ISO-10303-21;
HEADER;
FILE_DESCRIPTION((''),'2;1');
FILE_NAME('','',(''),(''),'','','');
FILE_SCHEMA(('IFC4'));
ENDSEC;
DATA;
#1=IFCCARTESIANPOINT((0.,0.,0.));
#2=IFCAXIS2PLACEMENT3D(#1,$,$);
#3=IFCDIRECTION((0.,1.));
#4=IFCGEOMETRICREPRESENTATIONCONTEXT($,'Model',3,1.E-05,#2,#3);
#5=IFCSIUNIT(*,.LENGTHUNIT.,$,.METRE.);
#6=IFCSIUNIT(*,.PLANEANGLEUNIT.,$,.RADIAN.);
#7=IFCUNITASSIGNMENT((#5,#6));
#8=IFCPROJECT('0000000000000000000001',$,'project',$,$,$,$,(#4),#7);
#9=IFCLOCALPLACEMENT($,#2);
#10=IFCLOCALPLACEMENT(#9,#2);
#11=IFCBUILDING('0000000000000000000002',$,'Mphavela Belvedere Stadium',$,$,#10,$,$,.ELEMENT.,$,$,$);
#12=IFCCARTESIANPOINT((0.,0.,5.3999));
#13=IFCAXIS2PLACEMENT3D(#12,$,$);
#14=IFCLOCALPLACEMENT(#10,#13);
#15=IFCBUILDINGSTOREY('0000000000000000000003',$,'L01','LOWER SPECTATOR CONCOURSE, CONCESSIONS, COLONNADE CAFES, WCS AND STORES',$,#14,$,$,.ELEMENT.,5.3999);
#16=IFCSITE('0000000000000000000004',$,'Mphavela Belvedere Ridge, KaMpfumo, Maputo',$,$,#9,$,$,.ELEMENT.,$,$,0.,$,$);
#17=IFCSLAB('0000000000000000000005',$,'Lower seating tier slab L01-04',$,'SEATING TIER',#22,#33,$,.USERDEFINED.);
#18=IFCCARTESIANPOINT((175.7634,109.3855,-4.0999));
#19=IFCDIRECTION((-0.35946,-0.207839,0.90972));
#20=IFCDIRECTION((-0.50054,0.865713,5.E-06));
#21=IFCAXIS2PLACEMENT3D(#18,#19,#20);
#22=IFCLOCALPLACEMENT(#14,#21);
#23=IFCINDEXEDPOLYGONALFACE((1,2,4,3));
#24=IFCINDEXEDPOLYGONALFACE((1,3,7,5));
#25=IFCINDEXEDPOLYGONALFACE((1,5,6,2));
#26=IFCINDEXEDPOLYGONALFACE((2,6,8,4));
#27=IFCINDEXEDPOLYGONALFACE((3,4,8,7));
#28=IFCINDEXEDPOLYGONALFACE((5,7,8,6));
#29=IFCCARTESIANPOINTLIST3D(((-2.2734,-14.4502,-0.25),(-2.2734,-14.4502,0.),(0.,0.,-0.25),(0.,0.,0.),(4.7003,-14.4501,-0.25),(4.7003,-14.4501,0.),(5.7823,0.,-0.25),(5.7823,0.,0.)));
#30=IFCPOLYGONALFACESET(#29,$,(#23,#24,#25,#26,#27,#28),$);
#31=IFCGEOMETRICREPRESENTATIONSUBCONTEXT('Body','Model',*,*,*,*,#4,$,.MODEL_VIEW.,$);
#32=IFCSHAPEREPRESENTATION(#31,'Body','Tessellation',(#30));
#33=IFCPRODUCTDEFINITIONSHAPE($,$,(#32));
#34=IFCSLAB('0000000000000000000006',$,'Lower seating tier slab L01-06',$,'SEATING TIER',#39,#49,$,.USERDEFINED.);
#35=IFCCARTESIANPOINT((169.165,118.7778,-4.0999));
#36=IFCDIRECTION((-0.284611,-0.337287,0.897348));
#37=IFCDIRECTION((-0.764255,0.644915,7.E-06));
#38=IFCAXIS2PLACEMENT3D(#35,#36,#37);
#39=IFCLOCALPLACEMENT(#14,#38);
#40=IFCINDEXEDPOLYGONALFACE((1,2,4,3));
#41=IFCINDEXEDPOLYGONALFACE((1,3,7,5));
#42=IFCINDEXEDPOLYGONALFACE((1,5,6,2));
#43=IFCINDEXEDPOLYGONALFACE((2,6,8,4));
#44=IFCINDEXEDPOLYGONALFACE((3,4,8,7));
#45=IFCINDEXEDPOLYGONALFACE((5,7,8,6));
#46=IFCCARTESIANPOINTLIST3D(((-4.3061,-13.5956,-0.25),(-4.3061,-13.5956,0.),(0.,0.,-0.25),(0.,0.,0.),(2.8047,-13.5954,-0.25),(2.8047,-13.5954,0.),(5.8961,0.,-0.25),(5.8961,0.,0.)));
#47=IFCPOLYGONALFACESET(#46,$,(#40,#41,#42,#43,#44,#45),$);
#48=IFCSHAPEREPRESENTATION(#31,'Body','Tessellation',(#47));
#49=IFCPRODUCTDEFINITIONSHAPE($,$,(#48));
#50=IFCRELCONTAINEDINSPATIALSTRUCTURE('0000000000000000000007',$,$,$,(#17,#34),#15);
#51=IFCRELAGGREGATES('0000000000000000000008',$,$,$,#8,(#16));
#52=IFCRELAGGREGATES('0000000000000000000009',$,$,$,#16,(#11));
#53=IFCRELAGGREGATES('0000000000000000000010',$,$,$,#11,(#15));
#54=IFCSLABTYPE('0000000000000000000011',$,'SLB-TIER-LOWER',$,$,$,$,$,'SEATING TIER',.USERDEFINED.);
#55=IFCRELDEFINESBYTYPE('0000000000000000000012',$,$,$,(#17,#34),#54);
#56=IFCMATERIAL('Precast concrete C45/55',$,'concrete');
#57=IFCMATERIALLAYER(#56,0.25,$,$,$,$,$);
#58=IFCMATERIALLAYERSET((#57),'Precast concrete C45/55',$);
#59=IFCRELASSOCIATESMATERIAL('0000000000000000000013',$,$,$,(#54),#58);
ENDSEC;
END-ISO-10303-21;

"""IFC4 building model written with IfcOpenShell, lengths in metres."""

from ifc_helpers import new_model, si_unit, direction, frame, origin, place, context, subcontext, project, spatial, polyline, outline, extrude, material, layer, layer_set, type_object, element, save


model = new_model("IFC4")

# Units and contexts
model_context = context("Model", 3, precision=1e-05, world=origin(), true_north=direction((0.0, 1.0)))
body_context = subcontext(model_context, "Body", "Model", "MODEL_VIEW")
ifc_project = project(units=[si_unit("LENGTHUNIT", "METRE"), si_unit("PLANEANGLEUNIT", "RADIAN")], contexts=[model_context])

# Site, building, storey
site_placement = place(None, origin())
site = spatial("IfcSite", under=ifc_project, at=site_placement, Name="Mphavela Belvedere Ridge, KaMpfumo, Maputo", CompositionType="ELEMENT", RefElevation=0.0)
building_placement = place(site_placement, origin())
building = spatial("IfcBuilding", under=site, at=building_placement, Name="Mphavela Belvedere Stadium", CompositionType="ELEMENT")
storey_placement = place(building_placement, frame((0.0, 0.0, 5.3999)))
storey = spatial("IfcBuildingStorey", under=building, at=storey_placement, Name="L01", Description="LOWER SPECTATOR CONCOURSE, CONCESSIONS, COLONNADE CAFES, WCS AND STORES", CompositionType="ELEMENT", Elevation=5.3999)

# Slabs
ifc_material_1 = material(Name="Precast concrete C45/55", Category="concrete")
ifc_layer_1 = layer(ifc_material_1, 0.25)
ifc_layer_set_1 = layer_set([ifc_layer_1], Name="Precast concrete C45/55")
slab_type = type_object("IfcSlabType", Name="SLB-TIER-LOWER", ElementType="SEATING TIER", PredefinedType="USERDEFINED", material=ifc_layer_set_1)
slab_1_placement = place(storey_placement, frame((175.7634, 109.3855, -4.0999), z_axis=(-0.35946, -0.207839, 0.90972), x_axis=(-0.50054, 0.865713, 0.000005)))
element("IfcSlab", 1, at=slab_1_placement, inside=storey, type_object=slab_type, Name="Lower seating tier slab L01-04", ObjectType="SEATING TIER", PredefinedType="USERDEFINED", context=body_context, shape_type="SweptSolid", body=[
    extrude(outline(polyline([(0.0, 0.0), (5.7823, 0.0), (4.7003, -14.4501), (-2.2734, -14.4502), (0.0, 0.0)])), origin(), (0.0, 0.0, -1.0), 0.25),
])
slab_2_placement = place(storey_placement, frame((169.165, 118.7778, -4.0999), z_axis=(-0.284611, -0.337287, 0.897348), x_axis=(-0.764255, 0.644915, 0.000007)))
element("IfcSlab", 2, at=slab_2_placement, inside=storey, type_object=slab_type, Name="Lower seating tier slab L01-06", ObjectType="SEATING TIER", PredefinedType="USERDEFINED", context=body_context, shape_type="SweptSolid", body=[
    extrude(outline(polyline([(0.0, 0.0), (5.8961, 0.0), (2.8047, -13.5954), (-4.3061, -13.5956), (0.0, 0.0)])), origin(), (0.0, 0.0, -1.0), 0.25),
])

save(model, "model.ifc")
